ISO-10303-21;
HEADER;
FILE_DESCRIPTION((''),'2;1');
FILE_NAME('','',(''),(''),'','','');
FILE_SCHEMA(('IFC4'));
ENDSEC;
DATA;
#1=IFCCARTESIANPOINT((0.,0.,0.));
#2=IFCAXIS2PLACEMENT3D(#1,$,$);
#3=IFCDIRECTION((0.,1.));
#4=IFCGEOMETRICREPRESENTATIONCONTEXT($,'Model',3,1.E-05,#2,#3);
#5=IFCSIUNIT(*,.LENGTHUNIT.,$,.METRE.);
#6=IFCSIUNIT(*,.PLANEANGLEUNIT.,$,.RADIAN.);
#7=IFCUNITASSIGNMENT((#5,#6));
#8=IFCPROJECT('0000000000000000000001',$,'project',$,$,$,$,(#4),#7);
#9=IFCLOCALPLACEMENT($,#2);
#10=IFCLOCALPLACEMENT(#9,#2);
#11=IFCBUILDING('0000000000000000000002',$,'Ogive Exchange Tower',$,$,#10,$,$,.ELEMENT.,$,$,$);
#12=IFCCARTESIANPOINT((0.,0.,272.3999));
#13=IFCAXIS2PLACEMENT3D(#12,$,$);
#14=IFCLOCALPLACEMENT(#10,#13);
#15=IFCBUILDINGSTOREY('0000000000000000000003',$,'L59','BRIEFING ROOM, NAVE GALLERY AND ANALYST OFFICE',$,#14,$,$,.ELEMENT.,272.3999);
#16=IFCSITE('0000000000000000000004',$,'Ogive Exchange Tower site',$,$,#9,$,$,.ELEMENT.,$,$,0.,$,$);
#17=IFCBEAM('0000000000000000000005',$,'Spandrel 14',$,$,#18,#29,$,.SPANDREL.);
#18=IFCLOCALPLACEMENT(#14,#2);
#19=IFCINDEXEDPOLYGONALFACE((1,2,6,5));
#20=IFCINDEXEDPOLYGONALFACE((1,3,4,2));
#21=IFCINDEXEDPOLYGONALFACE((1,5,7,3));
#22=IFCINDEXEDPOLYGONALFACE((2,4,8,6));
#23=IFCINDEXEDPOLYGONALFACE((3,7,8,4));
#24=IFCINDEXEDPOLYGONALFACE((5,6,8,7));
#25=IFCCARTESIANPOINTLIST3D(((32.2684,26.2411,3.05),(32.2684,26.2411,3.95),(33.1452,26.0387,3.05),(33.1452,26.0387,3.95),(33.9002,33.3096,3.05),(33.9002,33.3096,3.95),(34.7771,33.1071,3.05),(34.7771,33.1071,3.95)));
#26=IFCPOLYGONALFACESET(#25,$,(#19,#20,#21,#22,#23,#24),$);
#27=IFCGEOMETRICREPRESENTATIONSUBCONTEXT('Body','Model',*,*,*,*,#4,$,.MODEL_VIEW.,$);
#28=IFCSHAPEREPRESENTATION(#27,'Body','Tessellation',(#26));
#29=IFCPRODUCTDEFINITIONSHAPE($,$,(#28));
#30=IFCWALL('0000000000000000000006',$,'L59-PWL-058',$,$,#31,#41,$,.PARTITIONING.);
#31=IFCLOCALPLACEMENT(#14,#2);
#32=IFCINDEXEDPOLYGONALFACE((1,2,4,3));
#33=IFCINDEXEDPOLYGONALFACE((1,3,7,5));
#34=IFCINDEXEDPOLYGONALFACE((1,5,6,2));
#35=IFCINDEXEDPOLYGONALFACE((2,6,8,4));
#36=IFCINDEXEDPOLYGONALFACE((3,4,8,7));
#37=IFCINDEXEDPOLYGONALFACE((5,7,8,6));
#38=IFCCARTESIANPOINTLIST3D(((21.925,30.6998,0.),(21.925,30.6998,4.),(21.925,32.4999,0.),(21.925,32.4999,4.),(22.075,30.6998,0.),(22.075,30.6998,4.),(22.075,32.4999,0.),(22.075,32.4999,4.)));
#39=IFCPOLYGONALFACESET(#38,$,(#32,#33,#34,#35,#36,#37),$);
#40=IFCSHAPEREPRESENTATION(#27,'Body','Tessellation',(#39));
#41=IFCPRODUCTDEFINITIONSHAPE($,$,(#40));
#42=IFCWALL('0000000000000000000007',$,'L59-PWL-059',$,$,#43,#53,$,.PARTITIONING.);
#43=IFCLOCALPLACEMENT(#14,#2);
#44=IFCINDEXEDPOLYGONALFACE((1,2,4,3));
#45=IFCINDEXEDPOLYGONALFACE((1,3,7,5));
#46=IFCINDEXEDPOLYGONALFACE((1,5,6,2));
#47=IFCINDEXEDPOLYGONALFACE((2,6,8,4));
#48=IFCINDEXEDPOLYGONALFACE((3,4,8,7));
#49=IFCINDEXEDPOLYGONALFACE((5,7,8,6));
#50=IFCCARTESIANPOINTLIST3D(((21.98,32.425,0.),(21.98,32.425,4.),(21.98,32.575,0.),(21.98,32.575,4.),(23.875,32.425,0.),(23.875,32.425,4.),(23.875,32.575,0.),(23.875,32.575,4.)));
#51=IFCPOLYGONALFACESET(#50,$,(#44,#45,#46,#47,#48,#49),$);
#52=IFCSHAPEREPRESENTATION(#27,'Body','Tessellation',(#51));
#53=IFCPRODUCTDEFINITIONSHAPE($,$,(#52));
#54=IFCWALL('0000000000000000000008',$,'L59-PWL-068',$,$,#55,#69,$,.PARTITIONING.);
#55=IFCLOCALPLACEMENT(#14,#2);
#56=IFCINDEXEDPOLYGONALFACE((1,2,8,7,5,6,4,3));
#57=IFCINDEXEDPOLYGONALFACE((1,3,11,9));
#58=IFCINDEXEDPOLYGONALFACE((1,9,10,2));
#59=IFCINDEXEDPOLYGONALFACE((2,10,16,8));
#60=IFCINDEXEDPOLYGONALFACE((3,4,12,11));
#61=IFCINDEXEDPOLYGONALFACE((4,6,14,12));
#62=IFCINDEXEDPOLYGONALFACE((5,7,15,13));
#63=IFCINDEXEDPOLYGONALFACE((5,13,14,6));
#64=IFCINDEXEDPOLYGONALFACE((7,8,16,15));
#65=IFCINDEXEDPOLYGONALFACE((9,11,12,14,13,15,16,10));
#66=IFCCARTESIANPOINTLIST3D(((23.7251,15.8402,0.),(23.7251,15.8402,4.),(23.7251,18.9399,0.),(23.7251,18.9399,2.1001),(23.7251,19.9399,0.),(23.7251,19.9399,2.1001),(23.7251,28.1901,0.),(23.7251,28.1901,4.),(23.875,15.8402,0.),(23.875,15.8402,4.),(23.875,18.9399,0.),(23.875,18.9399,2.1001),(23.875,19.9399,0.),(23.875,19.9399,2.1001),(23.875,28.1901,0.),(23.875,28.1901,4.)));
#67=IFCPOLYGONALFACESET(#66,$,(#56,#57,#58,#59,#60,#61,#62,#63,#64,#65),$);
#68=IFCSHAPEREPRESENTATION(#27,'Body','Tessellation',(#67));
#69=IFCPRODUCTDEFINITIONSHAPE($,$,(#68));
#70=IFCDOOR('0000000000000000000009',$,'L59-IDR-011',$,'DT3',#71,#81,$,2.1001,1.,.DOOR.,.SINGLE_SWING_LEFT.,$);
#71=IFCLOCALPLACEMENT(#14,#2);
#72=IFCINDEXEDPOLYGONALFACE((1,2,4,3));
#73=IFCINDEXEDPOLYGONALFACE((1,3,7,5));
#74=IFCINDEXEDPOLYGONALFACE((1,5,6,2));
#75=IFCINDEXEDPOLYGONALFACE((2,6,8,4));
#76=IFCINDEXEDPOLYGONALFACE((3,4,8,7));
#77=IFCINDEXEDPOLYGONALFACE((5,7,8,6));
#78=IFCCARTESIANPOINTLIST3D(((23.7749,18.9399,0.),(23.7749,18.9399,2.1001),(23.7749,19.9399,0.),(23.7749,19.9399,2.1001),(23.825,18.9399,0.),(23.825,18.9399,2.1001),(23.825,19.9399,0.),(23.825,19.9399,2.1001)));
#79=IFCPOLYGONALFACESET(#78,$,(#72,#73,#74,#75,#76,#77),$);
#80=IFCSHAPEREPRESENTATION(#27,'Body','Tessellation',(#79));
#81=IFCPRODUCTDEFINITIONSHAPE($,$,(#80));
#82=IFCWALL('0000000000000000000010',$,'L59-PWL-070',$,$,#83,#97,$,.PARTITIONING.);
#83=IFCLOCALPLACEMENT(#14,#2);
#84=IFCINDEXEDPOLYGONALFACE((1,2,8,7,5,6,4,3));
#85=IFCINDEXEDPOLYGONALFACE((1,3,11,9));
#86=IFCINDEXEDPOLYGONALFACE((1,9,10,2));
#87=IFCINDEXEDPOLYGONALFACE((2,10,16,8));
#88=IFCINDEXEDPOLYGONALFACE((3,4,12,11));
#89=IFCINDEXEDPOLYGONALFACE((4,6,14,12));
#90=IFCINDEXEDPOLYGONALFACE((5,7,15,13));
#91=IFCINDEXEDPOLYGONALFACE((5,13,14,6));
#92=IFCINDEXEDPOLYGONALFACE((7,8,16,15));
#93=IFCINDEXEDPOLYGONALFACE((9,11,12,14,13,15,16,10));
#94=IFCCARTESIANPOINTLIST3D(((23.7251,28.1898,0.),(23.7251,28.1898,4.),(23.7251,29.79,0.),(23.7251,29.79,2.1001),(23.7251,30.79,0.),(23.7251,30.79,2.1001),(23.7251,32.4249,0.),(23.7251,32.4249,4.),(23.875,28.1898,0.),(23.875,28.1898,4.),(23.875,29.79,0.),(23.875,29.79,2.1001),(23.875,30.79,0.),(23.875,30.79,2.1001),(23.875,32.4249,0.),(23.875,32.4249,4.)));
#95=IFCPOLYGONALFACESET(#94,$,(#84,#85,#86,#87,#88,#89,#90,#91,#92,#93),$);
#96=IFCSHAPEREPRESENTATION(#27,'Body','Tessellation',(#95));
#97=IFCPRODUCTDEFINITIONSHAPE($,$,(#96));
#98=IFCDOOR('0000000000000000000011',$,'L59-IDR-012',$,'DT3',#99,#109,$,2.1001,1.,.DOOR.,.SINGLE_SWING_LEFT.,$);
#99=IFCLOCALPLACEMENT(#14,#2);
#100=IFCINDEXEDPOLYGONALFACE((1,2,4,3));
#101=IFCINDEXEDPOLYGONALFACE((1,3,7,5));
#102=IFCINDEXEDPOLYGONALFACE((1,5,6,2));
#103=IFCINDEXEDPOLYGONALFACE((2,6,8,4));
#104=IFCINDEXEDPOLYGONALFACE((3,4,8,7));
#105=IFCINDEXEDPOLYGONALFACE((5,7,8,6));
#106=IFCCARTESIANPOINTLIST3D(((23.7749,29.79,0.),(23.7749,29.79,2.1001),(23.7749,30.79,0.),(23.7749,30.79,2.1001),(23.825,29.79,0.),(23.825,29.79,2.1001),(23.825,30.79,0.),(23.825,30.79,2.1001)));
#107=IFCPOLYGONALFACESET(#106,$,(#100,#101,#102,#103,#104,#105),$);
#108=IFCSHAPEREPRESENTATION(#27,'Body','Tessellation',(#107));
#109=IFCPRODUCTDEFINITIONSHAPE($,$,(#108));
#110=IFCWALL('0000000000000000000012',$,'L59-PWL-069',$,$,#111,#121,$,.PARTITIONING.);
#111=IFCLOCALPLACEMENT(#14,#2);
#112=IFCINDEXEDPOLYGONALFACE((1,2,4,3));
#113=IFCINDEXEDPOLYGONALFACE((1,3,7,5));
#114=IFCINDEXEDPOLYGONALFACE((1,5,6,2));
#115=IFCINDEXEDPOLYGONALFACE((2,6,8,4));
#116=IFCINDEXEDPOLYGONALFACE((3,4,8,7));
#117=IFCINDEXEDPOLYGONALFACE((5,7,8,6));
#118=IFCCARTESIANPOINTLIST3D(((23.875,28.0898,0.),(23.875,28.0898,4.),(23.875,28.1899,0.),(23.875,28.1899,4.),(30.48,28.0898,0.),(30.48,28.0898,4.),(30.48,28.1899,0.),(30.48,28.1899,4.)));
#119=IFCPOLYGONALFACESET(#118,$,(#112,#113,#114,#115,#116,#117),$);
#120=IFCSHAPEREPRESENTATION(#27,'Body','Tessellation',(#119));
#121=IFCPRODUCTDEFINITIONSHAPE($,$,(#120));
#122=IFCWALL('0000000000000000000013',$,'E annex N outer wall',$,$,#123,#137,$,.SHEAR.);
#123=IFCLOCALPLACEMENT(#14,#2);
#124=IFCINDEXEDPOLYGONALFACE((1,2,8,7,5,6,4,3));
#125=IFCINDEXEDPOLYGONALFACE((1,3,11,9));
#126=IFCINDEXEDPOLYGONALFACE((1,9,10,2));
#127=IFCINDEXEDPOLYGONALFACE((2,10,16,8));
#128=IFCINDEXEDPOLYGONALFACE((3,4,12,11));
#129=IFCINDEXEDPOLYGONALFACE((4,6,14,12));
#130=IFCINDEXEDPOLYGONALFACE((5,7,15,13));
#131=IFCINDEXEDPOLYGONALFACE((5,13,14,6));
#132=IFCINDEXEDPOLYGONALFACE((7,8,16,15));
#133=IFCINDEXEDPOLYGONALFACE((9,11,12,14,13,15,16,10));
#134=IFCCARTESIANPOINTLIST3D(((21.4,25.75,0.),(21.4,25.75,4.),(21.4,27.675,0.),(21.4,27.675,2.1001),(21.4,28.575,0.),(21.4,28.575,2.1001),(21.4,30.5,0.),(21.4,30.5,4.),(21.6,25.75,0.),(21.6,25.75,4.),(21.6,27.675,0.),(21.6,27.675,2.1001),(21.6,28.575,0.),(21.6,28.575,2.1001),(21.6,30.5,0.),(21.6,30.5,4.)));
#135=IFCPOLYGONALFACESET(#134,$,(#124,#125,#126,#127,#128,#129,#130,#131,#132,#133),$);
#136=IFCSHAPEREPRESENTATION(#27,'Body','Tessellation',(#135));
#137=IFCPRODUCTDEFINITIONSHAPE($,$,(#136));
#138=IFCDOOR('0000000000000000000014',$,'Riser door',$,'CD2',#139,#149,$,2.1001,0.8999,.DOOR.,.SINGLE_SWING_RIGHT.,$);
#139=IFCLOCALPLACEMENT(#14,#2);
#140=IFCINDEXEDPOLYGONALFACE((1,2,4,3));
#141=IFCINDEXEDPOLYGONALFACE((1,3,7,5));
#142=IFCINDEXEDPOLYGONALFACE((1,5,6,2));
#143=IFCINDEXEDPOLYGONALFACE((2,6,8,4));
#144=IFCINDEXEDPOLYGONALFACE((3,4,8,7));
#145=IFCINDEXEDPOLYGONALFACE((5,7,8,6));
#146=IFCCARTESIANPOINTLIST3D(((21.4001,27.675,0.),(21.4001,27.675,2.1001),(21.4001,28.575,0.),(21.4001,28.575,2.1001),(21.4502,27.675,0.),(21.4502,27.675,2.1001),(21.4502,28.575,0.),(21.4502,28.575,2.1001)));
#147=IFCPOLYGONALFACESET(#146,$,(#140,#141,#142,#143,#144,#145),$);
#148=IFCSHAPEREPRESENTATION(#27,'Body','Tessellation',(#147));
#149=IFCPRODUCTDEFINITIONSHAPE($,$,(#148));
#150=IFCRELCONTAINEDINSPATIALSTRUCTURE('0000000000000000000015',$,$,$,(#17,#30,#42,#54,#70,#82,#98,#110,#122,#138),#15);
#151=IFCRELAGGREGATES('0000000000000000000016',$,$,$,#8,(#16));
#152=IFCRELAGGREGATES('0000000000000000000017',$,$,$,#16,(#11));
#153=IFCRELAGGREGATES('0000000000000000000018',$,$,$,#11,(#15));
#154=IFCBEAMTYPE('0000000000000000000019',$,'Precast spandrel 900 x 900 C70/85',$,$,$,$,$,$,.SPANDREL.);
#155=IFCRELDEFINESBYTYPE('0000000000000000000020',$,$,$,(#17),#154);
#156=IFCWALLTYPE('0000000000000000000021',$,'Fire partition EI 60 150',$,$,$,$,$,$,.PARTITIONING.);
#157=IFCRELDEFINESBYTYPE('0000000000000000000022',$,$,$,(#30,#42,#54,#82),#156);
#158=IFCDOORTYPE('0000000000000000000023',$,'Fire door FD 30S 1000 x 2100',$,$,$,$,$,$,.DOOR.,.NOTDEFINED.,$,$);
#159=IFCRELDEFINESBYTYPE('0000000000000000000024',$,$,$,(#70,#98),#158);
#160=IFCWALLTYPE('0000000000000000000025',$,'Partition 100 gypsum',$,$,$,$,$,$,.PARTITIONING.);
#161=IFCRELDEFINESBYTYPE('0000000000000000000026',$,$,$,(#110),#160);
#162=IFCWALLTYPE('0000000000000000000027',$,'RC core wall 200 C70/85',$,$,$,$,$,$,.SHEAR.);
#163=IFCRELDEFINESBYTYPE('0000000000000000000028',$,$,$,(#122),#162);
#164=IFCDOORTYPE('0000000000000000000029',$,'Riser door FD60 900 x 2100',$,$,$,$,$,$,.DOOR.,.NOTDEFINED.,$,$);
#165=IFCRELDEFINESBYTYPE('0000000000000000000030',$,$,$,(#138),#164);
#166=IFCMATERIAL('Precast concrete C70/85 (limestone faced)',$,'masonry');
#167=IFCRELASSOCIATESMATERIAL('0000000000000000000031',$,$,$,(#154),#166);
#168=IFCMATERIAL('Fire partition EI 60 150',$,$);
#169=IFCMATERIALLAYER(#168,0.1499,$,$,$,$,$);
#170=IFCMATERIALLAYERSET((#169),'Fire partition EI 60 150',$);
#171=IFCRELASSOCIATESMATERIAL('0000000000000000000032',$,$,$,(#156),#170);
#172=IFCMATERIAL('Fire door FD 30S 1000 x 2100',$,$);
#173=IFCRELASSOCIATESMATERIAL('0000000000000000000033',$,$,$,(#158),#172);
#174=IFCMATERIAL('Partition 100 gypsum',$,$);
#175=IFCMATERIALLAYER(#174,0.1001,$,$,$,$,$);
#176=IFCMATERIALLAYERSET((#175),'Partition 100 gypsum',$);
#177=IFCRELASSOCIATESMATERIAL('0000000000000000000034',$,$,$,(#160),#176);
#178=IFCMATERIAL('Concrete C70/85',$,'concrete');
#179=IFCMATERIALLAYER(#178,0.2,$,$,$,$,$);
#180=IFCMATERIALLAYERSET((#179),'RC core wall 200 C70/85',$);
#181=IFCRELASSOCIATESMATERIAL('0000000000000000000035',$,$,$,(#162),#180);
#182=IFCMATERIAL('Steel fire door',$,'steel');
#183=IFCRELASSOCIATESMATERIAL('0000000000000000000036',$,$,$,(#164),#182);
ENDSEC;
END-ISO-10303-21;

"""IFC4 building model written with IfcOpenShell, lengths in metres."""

from ifc_helpers import new_model, si_unit, direction, frame, frame_2d, origin, origin_2d, place, context, subcontext, project, spatial, rectangle, extrude, material, layer, layer_set, material_profile, profile_set, type_object, element, fill, save


model = new_model("IFC4")

# Units and contexts
model_context = context("Model", 3, precision=1e-05, world=origin(), true_north=direction((0.0, 1.0)))
body_context = subcontext(model_context, "Body", "Model", "MODEL_VIEW")
ifc_project = project(units=[si_unit("LENGTHUNIT", "METRE"), si_unit("PLANEANGLEUNIT", "RADIAN")], contexts=[model_context])

# Site, building, storey
site_placement = place(None, origin())
site = spatial("IfcSite", under=ifc_project, at=site_placement, Name="Ogive Exchange Tower site", CompositionType="ELEMENT", RefElevation=0.0)
building_placement = place(site_placement, origin())
building = spatial("IfcBuilding", under=site, at=building_placement, Name="Ogive Exchange Tower", CompositionType="ELEMENT")
storey_placement = place(building_placement, frame((0.0, 0.0, 272.3999)))
storey = spatial("IfcBuildingStorey", under=building, at=storey_placement, Name="L59", Description="BRIEFING ROOM, NAVE GALLERY AND ANALYST OFFICE", CompositionType="ELEMENT", Elevation=272.3999)

# Shared definitions
ifc_material_1 = material(Name="Precast concrete C70/85 (limestone faced)", Category="masonry")

# Beam
ifc_material_profile_1 = material_profile(ifc_material_1, rectangle(XDim=0.8999, YDim=0.8999, at=origin_2d()), Name="900 x 900")
ifc_profile_set_1 = profile_set([ifc_material_profile_1], Name="Precast concrete C70/85 (limestone faced)")
beam_type_1 = type_object("IfcBeamType", Name="Precast spandrel 900 x 900 C70/85", PredefinedType="SPANDREL", material=ifc_profile_set_1)
for number, where, z_axis, x_axis, name in (
    (1, (32.7068, 26.1399, 3.5), (0.224948, 0.974371, 0.0), (-0.974371, 0.224948, 0.0), "Spandrel 14"),
):
    element("IfcBeam", number, at=place(storey_placement, frame(where, z_axis=z_axis, x_axis=x_axis)), inside=storey, type_object=beam_type_1, Name=name, PredefinedType="SPANDREL", context=body_context, shape_type="SweptSolid", body=[
        extrude(rectangle(XDim=0.8999, YDim=0.8999, at=origin_2d()), origin(), (0.0, 0.0, 1.0), 7.2544),
    ])

# Walls
ifc_material_2 = material(Name="Fire partition EI 60 150")
ifc_layer_1 = layer(ifc_material_2, 0.1499)
ifc_layer_set_1 = layer_set([ifc_layer_1], Name="Fire partition EI 60 150")
wall_type_1 = type_object("IfcWallType", Name="Fire partition EI 60 150", PredefinedType="PARTITIONING", material=ifc_layer_set_1)
wall_1_placement = place(storey_placement, frame((22.0, 30.7, 0.0), z_axis=(0.0, 0.0, 1.0), x_axis=(0.0, 1.0, 0.0)))
element("IfcWall", 2, at=wall_1_placement, inside=storey, type_object=wall_type_1, Name="L59-PWL-058", PredefinedType="PARTITIONING", context=body_context, shape_type="SweptSolid", body=[
    extrude(rectangle(XDim=1.8, YDim=0.1499, at=frame_2d((0.8999, 0.0))), origin(), (0.0, 0.0, 1.0), 4.0),
])
wall_2_placement = place(storey_placement, frame((21.98, 32.5, 0.0), z_axis=(0.0, 0.0, 1.0), x_axis=(1.0, 0.0, 0.0)))
element("IfcWall", 3, at=wall_2_placement, inside=storey, type_object=wall_type_1, Name="L59-PWL-059", PredefinedType="PARTITIONING", context=body_context, shape_type="SweptSolid", body=[
    extrude(rectangle(XDim=1.895, YDim=0.1499, at=frame_2d((0.9475, 0.0))), origin(), (0.0, 0.0, 1.0), 4.0),
])

# Walls, openings, doors
wall_3_placement = place(storey_placement, frame((23.8, 28.1899, 0.0), z_axis=(0.0, 0.0, 1.0), x_axis=(0.0, -1.0, 0.0)))
wall_3 = element("IfcWall", 4, at=wall_3_placement, inside=storey, type_object=wall_type_1, Name="L59-PWL-068", PredefinedType="PARTITIONING", context=body_context, shape_type="SweptSolid", body=[
    extrude(rectangle(XDim=12.3499, YDim=0.1499, at=frame_2d((6.1748, 0.0))), origin(), (0.0, 0.0, 1.0), 4.0),
])
opening_1_placement = place(wall_3_placement, frame((8.25, 0.0, 0.0)))
opening_1 = element("IfcOpeningElement", 5, at=opening_1_placement, cuts=wall_3, PredefinedType="OPENING", context=body_context, shape_type="SweptSolid", body=[
    extrude(rectangle(XDim=1.0, YDim=2.1001, at=frame_2d((0.5, 1.05))), frame((0.0, 0.085, 0.0), z_axis=(0.0, -1.0, 0.0), x_axis=(1.0, 0.0, 0.0)), (0.0, 0.0, 1.0), 0.1699),
])
ifc_material_3 = material(Name="Fire door FD 30S 1000 x 2100")
door_type_1 = type_object("IfcDoorType", Name="Fire door FD 30S 1000 x 2100", OperationType="NOTDEFINED", PredefinedType="DOOR", material=ifc_material_3)
door_1_placement = place(opening_1_placement, origin())
door_1 = element("IfcDoor", 6, at=door_1_placement, inside=storey, type_object=door_type_1, Name="L59-IDR-011", ObjectType="DT3", OperationType="SINGLE_SWING_LEFT", OverallHeight=2.1001, OverallWidth=1.0, PredefinedType="DOOR", context=body_context, shape_type="SweptSolid", body=[
    extrude(rectangle(XDim=1.0, YDim=2.1001, at=frame_2d((0.5, 1.05))), frame((0.0, 0.0249, 0.0), z_axis=(0.0, -1.0, 0.0), x_axis=(1.0, 0.0, 0.0)), (0.0, 0.0, 1.0), 0.05),
])
fill(opening_1, door_1)
wall_4_placement = place(storey_placement, frame((23.8, 32.425, 0.0), z_axis=(0.0, 0.0, 1.0), x_axis=(0.0, -1.0, 0.0)))
wall_4 = element("IfcWall", 7, at=wall_4_placement, inside=storey, type_object=wall_type_1, Name="L59-PWL-070", PredefinedType="PARTITIONING", context=body_context, shape_type="SweptSolid", body=[
    extrude(rectangle(XDim=4.2351, YDim=0.1499, at=frame_2d((2.1177, 0.0))), origin(), (0.0, 0.0, 1.0), 4.0),
])
opening_2_placement = place(wall_4_placement, frame((1.635, 0.0, 0.0)))
opening_2 = element("IfcOpeningElement", 8, at=opening_2_placement, cuts=wall_4, PredefinedType="OPENING", context=body_context, shape_type="SweptSolid", body=[
    extrude(rectangle(XDim=1.0, YDim=2.1001, at=frame_2d((0.5, 1.05))), frame((0.0, 0.085, 0.0), z_axis=(0.0, -1.0, 0.0), x_axis=(1.0, 0.0, 0.0)), (0.0, 0.0, 1.0), 0.1699),
])
door_2_placement = place(opening_2_placement, origin())
door_2 = element("IfcDoor", 9, at=door_2_placement, inside=storey, type_object=door_type_1, Name="L59-IDR-012", ObjectType="DT3", OperationType="SINGLE_SWING_LEFT", OverallHeight=2.1001, OverallWidth=1.0, PredefinedType="DOOR", context=body_context, shape_type="SweptSolid", body=[
    extrude(rectangle(XDim=1.0, YDim=2.1001, at=frame_2d((0.5, 1.05))), frame((0.0, 0.0249, 0.0), z_axis=(0.0, -1.0, 0.0), x_axis=(1.0, 0.0, 0.0)), (0.0, 0.0, 1.0), 0.05),
])
fill(opening_2, door_2)

# Wall
ifc_material_4 = material(Name="Partition 100 gypsum")
ifc_layer_2 = layer(ifc_material_4, 0.1001)
ifc_layer_set_2 = layer_set([ifc_layer_2], Name="Partition 100 gypsum")
wall_type_2 = type_object("IfcWallType", Name="Partition 100 gypsum", PredefinedType="PARTITIONING", material=ifc_layer_set_2)
wall_5_placement = place(storey_placement, frame((23.875, 28.1399, 0.0), z_axis=(0.0, 0.0, 1.0), x_axis=(1.0, 0.0, 0.0)))
element("IfcWall", 10, at=wall_5_placement, inside=storey, type_object=wall_type_2, Name="L59-PWL-069", PredefinedType="PARTITIONING", context=body_context, shape_type="SweptSolid", body=[
    extrude(rectangle(XDim=6.605, YDim=0.1001, at=frame_2d((3.3025, 0.0))), origin(), (0.0, 0.0, 1.0), 4.0),
])

# Wall, opening, door
ifc_material_5 = material(Name="Concrete C70/85", Category="concrete")
ifc_layer_3 = layer(ifc_material_5, 0.2)
ifc_layer_set_3 = layer_set([ifc_layer_3], Name="RC core wall 200 C70/85")
wall_type_3 = type_object("IfcWallType", Name="RC core wall 200 C70/85", PredefinedType="SHEAR", material=ifc_layer_set_3)
wall_6_placement = place(storey_placement, frame((21.5, 25.75, 0.0), z_axis=(0.0, 0.0, 1.0), x_axis=(0.0, 1.0, 0.0)))
wall_6 = element("IfcWall", 11, at=wall_6_placement, inside=storey, type_object=wall_type_3, Name="E annex N outer wall", PredefinedType="SHEAR", context=body_context, shape_type="SweptSolid", body=[
    extrude(rectangle(XDim=4.75, YDim=0.2, at=frame_2d((2.375, 0.0))), origin(), (0.0, 0.0, 1.0), 4.0),
])
opening_3_placement = place(wall_6_placement, frame((1.925, 0.0, 0.0)))
opening_3 = element("IfcOpeningElement", 12, at=opening_3_placement, cuts=wall_6, PredefinedType="OPENING", context=body_context, shape_type="SweptSolid", body=[
    extrude(rectangle(XDim=0.8999, YDim=2.1001, at=frame_2d((0.45, 1.05))), frame((0.0, 0.1099, 0.0), z_axis=(0.0, -1.0, 0.0), x_axis=(1.0, 0.0, 0.0)), (0.0, 0.0, 1.0), 0.22),
])
ifc_material_6 = material(Name="Steel fire door", Category="steel")
door_type_2 = type_object("IfcDoorType", Name="Riser door FD60 900 x 2100", OperationType="NOTDEFINED", PredefinedType="DOOR", material=ifc_material_6)
door_3_placement = place(opening_3_placement, frame((0.8999, 0.1499, 0.0), z_axis=(0.0, 0.0, 1.0), x_axis=(-1.0, 0.0, 0.0)))
door_3 = element("IfcDoor", 13, at=door_3_placement, inside=storey, type_object=door_type_2, Name="Riser door", ObjectType="CD2", OperationType="SINGLE_SWING_RIGHT", OverallHeight=2.1001, OverallWidth=0.8999, PredefinedType="DOOR", context=body_context, shape_type="SweptSolid", body=[
    extrude(rectangle(XDim=0.8999, YDim=2.1001, at=frame_2d((0.45, 1.05))), frame((0.0, 0.1001, 0.0), z_axis=(0.0, -1.0, 0.0), x_axis=(1.0, 0.0, 0.0)), (0.0, 0.0, 1.0), 0.05),
])
fill(opening_3, door_3)

save(model, "model.ifc")
